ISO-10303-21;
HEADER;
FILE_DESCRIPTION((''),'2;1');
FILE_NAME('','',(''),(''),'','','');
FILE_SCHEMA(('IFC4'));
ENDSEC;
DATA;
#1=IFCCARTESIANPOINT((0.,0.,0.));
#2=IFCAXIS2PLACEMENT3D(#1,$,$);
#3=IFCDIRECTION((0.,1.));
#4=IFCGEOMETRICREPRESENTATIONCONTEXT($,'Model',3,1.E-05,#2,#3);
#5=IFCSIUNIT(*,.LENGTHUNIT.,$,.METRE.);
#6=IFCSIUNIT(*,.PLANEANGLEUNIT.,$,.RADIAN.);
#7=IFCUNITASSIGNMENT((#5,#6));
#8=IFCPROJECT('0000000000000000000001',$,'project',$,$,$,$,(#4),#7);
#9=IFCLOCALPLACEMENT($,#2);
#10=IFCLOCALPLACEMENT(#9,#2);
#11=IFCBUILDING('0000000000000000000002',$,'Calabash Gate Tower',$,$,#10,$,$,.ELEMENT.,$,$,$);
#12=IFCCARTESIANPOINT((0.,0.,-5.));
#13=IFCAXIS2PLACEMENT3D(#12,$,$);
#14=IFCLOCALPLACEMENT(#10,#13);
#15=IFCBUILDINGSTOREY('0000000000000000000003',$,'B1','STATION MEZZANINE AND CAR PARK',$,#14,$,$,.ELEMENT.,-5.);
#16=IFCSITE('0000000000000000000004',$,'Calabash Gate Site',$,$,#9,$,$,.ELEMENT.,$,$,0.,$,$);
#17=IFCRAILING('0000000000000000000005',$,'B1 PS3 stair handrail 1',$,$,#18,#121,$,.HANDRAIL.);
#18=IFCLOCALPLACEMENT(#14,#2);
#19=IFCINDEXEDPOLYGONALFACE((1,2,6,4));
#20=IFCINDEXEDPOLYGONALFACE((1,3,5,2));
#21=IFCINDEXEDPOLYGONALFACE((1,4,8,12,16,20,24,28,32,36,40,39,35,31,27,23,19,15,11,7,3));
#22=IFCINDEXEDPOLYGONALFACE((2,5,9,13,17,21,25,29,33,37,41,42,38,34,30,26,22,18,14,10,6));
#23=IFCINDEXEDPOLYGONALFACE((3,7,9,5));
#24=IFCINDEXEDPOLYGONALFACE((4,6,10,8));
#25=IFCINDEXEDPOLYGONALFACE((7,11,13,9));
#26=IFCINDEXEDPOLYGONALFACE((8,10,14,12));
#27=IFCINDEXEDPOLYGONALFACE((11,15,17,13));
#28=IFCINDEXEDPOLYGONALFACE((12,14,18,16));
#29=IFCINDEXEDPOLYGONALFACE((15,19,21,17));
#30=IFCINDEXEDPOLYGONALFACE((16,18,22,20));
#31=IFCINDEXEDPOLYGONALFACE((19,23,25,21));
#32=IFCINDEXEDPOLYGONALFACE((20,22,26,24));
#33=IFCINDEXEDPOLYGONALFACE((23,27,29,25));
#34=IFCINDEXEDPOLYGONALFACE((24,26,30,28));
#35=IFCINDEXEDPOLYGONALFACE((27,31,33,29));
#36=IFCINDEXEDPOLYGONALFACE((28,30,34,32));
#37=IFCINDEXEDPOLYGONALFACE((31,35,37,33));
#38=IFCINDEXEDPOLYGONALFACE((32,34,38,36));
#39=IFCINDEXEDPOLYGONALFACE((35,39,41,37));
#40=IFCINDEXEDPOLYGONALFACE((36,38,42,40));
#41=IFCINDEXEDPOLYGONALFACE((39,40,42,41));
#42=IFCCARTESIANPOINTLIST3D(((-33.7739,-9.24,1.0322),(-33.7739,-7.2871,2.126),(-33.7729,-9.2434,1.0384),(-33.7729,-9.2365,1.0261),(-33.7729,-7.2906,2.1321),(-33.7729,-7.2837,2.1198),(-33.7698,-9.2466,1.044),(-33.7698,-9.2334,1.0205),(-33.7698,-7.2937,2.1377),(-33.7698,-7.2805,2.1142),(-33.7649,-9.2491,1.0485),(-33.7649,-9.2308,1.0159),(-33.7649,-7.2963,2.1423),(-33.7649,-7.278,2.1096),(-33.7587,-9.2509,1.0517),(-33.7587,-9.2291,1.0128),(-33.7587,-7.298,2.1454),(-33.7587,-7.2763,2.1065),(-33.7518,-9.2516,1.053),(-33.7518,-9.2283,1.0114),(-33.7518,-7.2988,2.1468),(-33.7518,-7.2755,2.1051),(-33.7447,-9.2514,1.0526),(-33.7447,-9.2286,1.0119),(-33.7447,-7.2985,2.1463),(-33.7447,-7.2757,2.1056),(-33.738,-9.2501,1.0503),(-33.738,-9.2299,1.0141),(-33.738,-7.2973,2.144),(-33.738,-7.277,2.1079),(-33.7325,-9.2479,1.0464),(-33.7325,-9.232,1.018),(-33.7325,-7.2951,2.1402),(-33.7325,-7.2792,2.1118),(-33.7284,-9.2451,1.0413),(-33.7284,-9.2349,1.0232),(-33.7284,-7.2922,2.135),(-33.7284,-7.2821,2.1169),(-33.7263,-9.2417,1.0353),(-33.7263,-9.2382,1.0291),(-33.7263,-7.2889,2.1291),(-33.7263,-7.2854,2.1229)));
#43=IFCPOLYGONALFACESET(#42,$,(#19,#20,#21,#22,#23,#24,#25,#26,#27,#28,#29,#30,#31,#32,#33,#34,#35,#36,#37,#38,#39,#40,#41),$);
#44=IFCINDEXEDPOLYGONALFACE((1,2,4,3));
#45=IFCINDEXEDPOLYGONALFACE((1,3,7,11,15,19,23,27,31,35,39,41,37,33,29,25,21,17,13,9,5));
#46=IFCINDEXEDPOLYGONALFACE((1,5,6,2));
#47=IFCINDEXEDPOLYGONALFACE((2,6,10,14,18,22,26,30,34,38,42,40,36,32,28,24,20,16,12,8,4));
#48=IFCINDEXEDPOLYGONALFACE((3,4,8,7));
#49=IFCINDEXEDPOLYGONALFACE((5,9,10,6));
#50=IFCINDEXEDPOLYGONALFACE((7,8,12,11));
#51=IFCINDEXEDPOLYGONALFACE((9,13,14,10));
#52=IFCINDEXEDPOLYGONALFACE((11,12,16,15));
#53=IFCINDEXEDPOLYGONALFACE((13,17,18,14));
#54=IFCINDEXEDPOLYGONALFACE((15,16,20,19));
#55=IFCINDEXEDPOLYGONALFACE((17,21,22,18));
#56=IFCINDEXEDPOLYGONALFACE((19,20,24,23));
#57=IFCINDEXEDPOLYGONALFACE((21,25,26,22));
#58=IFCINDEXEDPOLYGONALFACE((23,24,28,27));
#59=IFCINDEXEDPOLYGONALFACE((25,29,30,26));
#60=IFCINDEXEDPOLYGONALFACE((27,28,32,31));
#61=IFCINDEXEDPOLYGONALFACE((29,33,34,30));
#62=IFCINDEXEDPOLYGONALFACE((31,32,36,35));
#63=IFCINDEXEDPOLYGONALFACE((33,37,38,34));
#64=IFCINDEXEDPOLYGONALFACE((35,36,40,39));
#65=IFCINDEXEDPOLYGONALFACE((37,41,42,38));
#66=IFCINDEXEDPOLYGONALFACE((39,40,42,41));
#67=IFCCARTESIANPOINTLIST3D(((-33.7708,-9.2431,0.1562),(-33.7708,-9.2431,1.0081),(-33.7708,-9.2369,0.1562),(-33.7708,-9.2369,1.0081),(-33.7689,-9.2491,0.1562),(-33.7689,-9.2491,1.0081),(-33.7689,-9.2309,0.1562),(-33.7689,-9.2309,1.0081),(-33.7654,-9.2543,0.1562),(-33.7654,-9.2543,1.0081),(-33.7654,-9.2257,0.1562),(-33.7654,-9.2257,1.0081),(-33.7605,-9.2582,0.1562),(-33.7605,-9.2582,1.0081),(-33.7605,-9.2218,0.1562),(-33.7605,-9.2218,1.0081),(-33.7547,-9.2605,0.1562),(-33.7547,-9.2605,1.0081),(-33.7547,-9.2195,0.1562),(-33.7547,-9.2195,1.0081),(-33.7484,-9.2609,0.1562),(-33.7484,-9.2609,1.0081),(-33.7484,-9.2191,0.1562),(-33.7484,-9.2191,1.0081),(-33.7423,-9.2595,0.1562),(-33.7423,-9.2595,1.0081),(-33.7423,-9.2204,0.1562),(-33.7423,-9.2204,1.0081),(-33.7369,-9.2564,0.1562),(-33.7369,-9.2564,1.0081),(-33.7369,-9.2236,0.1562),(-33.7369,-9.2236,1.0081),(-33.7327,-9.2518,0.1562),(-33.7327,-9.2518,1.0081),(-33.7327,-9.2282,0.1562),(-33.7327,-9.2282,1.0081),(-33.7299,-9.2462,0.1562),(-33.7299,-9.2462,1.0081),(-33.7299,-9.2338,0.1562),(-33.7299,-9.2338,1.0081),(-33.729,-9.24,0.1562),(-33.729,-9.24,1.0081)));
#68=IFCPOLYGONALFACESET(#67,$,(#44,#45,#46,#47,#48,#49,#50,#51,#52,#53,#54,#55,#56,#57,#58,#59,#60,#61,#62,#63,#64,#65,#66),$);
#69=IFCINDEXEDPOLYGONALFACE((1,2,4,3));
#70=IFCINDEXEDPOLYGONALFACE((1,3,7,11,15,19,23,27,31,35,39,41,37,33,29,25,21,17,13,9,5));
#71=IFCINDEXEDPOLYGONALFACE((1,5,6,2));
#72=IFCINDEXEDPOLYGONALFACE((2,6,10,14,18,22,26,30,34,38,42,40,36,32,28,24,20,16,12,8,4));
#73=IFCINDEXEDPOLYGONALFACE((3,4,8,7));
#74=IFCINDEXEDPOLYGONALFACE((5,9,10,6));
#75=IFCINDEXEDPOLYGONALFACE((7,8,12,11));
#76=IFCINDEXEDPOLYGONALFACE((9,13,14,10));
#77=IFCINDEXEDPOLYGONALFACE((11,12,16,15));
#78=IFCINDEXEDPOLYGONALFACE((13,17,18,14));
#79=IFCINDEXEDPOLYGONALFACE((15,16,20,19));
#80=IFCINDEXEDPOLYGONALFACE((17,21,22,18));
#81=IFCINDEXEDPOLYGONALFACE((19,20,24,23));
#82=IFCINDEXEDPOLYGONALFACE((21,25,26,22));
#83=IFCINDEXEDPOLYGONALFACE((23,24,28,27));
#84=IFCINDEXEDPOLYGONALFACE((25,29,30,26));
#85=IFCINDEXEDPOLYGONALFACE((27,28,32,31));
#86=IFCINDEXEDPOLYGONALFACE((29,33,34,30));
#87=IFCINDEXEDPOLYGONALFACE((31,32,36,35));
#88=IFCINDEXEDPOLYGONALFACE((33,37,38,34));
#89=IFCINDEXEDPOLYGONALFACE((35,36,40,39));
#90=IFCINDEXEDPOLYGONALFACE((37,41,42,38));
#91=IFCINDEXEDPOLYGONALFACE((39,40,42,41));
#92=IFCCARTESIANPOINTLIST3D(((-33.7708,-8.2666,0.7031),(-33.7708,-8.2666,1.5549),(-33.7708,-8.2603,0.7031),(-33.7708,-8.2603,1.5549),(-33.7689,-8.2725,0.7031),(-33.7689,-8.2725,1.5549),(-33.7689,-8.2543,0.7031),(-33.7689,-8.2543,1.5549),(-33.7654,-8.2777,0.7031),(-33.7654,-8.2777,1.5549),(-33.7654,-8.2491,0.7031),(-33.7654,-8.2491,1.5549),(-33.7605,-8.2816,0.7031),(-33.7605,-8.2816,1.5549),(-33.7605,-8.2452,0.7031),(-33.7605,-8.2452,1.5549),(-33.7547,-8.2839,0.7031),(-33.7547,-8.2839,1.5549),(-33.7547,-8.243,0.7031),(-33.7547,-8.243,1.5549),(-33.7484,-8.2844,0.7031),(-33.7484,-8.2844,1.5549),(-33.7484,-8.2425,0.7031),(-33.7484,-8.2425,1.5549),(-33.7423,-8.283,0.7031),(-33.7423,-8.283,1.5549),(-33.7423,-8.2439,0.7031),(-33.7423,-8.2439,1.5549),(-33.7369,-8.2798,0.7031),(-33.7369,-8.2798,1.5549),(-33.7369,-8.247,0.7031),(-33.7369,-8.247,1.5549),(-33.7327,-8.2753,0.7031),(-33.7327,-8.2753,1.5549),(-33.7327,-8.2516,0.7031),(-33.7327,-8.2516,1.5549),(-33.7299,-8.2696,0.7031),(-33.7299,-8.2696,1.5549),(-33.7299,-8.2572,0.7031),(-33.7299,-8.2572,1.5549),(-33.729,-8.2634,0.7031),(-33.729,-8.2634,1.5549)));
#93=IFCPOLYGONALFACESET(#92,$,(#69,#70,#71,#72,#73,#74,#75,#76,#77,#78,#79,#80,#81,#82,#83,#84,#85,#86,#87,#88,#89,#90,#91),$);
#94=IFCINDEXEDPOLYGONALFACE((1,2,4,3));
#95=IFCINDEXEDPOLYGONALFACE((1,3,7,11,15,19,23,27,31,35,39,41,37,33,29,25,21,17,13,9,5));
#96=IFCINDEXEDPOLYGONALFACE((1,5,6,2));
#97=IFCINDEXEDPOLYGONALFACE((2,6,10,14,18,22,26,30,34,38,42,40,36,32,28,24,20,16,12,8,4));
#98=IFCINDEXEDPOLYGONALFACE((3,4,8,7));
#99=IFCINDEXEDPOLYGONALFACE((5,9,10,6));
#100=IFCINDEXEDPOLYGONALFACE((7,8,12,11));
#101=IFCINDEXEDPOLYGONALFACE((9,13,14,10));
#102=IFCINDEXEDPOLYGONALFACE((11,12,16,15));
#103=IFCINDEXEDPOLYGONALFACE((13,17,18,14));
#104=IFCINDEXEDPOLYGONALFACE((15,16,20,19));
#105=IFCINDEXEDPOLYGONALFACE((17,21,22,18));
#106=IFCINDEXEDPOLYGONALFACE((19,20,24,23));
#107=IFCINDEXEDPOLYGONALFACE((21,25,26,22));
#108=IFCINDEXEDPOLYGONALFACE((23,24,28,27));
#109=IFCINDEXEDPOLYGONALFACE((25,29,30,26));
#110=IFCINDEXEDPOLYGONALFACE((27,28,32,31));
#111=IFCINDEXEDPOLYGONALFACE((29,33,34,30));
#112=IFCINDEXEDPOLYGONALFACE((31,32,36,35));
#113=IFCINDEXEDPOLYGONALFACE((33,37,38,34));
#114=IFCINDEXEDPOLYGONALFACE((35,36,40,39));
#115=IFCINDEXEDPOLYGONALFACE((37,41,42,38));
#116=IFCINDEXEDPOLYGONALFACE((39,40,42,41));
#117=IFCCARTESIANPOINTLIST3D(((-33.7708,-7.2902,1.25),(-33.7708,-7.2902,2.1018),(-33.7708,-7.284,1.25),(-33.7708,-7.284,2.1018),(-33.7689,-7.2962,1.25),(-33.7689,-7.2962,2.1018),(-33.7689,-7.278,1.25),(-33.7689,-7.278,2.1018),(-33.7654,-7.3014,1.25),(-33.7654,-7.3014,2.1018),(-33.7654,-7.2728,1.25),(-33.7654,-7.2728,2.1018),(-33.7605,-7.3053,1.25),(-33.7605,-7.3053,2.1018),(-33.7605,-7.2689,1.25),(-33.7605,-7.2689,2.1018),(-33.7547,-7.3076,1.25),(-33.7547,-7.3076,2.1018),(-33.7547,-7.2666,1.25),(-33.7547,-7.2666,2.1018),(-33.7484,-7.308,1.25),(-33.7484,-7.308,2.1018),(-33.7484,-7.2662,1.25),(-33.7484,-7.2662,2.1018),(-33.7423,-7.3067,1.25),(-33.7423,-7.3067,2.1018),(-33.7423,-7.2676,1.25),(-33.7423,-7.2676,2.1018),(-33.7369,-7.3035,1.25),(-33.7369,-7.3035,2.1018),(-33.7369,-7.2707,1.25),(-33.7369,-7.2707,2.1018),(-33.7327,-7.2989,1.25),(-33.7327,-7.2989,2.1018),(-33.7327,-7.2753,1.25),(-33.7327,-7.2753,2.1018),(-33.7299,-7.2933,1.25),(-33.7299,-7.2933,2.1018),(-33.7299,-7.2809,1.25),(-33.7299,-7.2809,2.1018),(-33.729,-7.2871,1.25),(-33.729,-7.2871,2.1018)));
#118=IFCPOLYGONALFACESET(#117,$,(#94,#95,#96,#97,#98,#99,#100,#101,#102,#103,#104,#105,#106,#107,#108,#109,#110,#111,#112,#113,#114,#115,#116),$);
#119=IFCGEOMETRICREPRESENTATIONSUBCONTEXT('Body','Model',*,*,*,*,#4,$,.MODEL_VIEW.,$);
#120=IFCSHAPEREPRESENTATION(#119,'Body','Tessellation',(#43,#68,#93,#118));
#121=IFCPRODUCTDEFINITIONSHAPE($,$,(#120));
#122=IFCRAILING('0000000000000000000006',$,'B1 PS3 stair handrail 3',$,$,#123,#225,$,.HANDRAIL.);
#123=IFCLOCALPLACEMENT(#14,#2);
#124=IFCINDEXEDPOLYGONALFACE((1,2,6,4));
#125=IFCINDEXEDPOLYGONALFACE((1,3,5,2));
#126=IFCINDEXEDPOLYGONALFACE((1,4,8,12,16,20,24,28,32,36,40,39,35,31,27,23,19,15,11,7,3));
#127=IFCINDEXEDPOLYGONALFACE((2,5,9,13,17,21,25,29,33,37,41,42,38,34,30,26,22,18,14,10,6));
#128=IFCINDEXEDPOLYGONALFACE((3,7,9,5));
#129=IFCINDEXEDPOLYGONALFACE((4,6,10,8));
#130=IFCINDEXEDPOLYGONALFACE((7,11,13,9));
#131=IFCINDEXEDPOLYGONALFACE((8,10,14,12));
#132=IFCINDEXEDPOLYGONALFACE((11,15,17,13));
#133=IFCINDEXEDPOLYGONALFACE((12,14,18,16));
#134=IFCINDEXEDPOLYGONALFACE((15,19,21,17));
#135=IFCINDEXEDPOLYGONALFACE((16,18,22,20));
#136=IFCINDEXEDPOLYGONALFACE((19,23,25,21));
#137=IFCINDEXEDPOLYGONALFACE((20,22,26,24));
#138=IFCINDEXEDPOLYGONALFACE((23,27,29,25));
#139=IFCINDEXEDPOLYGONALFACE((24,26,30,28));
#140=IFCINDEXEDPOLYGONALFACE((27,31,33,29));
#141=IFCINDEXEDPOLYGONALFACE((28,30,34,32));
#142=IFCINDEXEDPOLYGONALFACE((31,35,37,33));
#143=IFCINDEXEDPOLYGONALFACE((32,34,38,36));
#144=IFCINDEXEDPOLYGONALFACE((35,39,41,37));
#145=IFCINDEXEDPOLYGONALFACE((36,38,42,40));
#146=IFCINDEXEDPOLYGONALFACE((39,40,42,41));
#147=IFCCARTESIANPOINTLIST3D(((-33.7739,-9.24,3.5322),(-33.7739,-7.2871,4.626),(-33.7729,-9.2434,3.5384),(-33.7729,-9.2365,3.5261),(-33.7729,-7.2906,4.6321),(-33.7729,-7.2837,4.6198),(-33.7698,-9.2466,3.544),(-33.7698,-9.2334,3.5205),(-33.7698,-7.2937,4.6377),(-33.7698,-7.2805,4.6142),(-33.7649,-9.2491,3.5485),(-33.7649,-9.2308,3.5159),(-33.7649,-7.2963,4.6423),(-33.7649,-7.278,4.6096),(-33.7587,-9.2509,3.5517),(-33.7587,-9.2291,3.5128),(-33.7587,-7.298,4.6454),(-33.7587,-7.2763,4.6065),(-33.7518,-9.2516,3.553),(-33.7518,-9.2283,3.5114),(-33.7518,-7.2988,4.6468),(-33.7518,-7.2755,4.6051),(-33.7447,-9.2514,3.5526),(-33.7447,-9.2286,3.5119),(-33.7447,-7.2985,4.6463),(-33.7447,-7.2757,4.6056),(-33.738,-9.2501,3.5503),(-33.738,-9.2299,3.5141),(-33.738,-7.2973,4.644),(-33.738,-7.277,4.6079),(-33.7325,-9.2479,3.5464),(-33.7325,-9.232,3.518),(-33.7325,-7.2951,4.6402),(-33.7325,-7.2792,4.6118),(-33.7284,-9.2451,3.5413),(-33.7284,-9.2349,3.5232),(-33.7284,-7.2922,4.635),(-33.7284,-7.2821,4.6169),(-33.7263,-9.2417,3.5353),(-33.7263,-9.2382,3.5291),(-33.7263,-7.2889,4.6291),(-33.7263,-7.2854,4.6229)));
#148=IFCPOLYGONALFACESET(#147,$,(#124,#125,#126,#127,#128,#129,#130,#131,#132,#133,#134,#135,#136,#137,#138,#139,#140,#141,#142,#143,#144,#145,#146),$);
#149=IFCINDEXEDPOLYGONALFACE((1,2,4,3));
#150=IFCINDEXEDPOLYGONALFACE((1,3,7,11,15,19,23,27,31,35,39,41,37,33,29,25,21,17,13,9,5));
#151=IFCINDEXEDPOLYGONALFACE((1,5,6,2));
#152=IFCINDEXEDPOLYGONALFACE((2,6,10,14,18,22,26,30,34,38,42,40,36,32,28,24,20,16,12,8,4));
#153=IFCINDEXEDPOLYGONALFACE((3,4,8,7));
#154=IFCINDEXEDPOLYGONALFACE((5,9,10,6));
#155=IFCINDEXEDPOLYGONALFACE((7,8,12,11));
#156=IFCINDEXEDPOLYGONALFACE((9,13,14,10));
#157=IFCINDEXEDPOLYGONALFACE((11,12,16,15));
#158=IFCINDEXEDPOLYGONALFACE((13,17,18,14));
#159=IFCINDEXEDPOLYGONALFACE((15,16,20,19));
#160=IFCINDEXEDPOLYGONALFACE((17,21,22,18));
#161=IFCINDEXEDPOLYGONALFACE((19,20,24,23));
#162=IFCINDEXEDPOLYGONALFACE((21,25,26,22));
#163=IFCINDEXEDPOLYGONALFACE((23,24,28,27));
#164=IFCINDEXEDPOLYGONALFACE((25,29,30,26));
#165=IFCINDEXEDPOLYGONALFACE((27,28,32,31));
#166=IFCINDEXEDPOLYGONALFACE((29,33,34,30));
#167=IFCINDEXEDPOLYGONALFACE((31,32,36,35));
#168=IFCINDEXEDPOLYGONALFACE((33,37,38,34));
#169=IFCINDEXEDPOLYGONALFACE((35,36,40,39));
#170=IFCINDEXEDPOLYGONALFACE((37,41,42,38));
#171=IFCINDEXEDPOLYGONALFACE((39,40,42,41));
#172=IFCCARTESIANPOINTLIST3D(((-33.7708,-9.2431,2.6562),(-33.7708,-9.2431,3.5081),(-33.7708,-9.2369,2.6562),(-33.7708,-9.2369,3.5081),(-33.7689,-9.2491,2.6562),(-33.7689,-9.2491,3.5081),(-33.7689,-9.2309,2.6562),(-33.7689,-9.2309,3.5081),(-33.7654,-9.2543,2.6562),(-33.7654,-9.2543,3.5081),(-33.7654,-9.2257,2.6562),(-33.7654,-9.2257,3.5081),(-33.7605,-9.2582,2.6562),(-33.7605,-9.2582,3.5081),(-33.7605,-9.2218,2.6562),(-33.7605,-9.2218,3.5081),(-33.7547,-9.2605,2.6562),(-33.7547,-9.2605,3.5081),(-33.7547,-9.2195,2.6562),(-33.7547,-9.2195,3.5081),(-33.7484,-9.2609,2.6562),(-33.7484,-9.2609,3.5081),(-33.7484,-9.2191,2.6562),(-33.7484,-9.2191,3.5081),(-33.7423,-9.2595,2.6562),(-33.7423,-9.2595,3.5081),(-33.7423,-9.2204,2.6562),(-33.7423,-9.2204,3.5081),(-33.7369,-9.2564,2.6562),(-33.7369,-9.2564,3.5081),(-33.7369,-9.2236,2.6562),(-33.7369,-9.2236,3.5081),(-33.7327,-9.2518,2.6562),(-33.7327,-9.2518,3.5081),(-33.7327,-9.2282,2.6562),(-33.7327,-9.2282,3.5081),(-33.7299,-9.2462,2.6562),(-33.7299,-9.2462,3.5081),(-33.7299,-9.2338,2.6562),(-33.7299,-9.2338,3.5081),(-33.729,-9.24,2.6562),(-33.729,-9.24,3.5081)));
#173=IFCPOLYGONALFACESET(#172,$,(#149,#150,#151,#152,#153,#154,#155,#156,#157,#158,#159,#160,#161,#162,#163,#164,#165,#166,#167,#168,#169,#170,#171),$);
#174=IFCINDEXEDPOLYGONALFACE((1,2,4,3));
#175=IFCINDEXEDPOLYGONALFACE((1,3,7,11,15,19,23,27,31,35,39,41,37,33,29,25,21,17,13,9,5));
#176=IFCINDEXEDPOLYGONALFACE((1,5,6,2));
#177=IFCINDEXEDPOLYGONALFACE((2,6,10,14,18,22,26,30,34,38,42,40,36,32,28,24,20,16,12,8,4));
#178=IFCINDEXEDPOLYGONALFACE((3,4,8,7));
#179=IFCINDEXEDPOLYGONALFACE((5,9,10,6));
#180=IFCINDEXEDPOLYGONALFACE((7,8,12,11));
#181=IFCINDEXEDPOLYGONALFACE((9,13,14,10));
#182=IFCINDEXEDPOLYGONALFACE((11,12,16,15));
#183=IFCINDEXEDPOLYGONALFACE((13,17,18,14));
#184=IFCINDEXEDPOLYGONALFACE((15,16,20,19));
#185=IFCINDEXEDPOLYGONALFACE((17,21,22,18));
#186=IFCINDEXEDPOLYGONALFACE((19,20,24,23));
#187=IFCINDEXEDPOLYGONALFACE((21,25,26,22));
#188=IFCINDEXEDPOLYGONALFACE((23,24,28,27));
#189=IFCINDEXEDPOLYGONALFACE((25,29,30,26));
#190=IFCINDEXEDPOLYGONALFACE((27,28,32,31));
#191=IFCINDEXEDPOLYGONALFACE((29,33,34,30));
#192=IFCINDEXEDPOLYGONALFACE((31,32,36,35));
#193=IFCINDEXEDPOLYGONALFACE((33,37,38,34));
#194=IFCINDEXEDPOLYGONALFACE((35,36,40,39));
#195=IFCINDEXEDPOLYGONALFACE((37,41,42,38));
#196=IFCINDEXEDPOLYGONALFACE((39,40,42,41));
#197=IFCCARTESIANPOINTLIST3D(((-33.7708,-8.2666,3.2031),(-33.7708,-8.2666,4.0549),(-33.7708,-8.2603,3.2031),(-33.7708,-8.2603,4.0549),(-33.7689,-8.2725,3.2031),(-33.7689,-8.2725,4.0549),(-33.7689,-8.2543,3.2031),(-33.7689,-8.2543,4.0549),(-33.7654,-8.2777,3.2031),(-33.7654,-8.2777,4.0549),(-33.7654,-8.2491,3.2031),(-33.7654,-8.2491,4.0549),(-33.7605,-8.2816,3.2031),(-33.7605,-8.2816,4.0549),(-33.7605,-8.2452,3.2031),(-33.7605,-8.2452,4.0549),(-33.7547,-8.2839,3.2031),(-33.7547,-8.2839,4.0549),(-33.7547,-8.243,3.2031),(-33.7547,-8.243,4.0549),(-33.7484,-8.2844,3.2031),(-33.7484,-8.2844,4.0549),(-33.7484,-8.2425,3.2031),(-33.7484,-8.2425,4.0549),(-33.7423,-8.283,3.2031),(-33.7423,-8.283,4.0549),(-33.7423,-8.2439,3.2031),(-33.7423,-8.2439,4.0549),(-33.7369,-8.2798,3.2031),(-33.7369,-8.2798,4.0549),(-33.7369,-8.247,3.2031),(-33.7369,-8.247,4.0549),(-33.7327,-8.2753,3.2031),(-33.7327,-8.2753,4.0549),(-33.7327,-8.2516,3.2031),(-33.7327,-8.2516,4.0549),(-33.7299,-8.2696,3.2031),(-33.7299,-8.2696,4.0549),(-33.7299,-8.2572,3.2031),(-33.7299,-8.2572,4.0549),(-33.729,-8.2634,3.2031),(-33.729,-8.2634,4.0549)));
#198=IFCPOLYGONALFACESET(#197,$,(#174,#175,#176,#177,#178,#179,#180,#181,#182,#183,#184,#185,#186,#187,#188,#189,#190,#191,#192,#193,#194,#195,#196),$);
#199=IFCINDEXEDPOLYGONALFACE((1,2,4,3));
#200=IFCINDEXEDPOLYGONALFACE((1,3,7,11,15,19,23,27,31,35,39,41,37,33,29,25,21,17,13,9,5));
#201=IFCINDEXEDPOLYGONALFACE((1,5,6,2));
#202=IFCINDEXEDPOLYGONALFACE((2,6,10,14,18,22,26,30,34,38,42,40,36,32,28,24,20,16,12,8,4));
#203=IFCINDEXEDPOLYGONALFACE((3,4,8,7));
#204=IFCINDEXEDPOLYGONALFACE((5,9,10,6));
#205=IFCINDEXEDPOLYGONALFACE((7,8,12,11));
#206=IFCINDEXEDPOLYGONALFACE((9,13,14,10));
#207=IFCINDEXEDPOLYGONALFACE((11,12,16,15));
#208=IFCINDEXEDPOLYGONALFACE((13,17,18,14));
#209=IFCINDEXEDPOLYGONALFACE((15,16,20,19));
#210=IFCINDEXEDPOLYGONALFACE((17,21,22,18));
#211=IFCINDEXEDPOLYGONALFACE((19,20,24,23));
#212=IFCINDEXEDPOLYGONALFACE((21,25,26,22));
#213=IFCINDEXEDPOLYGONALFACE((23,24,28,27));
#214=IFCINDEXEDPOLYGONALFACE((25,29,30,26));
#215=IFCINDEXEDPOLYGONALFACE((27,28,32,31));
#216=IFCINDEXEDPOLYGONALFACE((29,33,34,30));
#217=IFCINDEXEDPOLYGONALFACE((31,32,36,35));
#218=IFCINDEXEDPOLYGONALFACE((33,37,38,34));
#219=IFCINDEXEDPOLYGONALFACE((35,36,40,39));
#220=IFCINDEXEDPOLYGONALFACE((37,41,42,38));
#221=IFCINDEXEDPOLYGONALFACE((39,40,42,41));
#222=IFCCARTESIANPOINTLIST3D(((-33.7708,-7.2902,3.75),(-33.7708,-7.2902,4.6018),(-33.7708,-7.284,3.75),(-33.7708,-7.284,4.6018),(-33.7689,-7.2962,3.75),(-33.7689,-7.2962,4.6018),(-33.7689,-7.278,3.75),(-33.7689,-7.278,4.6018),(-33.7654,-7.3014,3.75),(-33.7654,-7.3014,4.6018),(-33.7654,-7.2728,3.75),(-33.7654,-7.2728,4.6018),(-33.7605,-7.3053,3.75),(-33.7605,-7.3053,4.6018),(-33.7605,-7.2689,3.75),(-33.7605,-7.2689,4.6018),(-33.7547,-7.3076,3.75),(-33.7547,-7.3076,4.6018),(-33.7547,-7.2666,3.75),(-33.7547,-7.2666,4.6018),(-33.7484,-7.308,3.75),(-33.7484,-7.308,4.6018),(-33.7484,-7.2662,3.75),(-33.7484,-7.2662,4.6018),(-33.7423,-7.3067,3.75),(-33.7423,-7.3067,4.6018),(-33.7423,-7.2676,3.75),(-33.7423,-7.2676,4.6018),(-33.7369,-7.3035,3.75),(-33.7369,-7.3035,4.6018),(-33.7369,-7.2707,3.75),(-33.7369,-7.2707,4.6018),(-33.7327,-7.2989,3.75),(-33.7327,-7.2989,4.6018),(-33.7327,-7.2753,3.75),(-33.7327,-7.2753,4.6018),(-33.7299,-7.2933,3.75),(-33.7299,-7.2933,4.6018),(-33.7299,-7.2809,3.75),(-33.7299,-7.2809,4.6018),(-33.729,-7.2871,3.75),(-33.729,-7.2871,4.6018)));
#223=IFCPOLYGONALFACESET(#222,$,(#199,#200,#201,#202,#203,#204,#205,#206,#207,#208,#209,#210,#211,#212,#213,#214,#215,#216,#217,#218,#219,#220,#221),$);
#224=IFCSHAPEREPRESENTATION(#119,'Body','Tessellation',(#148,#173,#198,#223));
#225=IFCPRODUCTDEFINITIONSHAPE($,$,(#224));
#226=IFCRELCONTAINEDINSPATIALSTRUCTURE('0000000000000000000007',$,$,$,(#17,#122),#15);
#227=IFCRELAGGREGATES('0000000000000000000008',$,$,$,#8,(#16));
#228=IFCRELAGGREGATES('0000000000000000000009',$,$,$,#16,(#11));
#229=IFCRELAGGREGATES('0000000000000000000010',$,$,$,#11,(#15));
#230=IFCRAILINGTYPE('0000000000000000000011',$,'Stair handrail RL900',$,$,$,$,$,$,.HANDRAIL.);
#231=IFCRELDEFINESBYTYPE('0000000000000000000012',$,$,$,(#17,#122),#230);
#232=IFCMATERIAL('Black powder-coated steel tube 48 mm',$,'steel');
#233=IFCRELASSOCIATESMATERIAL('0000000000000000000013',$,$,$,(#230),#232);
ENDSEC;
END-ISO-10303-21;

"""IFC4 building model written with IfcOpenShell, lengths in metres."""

from ifc_helpers import new_model, si_unit, direction, frame, origin, origin_2d, place, context, subcontext, project, spatial, circle, extrude, material, type_object, element, save


model = new_model("IFC4")

# Units and contexts
model_context = context("Model", 3, precision=1e-05, world=origin(), true_north=direction((0.0, 1.0)))
body_context = subcontext(model_context, "Body", "Model", "MODEL_VIEW")
ifc_project = project(units=[si_unit("LENGTHUNIT", "METRE"), si_unit("PLANEANGLEUNIT", "RADIAN")], contexts=[model_context])

# Site, building, storey
site_placement = place(None, origin())
site = spatial("IfcSite", under=ifc_project, at=site_placement, Name="Calabash Gate Site", CompositionType="ELEMENT", RefElevation=0.0)
building_placement = place(site_placement, origin())
building = spatial("IfcBuilding", under=site, at=building_placement, Name="Calabash Gate Tower", CompositionType="ELEMENT")
storey_placement = place(building_placement, frame((0.0, 0.0, -5.0)))
storey = spatial("IfcBuildingStorey", under=building, at=storey_placement, Name="B1", Description="STATION MEZZANINE AND CAR PARK", CompositionType="ELEMENT", Elevation=-5.0)

# Railings
ifc_material_1 = material(Name="Black powder-coated steel tube 48 mm", Category="steel")
railing_type_1 = type_object("IfcRailingType", Name="Stair handrail RL900", PredefinedType="HANDRAIL", material=ifc_material_1)
for number, where, name in (
    (1, (-33.75, -9.24, 0.1562), "B1 PS3 stair handrail 1"),
    (2, (-33.75, -9.24, 2.6562), "B1 PS3 stair handrail 3"),
):
    element("IfcRailing", number, at=place(storey_placement, frame(where)), inside=storey, type_object=railing_type_1, Name=name, PredefinedType="HANDRAIL", context=body_context, shape_type="SweptSolid", body=[
        extrude(circle(Radius=0.0239, at=origin_2d()), frame((0.0, 0.0, 0.876), z_axis=(0.0, 0.87248, 0.48865), x_axis=(-1.0, 0.0, 0.0)), (0.0, 0.0, 1.0), 2.2383),
        extrude(circle(Radius=0.021, at=origin_2d()), origin(), (0.0, 0.0, 1.0), 0.8518),
        extrude(circle(Radius=0.021, at=origin_2d()), frame((0.0, 0.9766, 0.5469)), (0.0, 0.0, 1.0), 0.8518),
        extrude(circle(Radius=0.021, at=origin_2d()), frame((0.0, 1.9529, 1.0938)), (0.0, 0.0, 1.0), 0.8518),
    ])

save(model, "model.ifc")
